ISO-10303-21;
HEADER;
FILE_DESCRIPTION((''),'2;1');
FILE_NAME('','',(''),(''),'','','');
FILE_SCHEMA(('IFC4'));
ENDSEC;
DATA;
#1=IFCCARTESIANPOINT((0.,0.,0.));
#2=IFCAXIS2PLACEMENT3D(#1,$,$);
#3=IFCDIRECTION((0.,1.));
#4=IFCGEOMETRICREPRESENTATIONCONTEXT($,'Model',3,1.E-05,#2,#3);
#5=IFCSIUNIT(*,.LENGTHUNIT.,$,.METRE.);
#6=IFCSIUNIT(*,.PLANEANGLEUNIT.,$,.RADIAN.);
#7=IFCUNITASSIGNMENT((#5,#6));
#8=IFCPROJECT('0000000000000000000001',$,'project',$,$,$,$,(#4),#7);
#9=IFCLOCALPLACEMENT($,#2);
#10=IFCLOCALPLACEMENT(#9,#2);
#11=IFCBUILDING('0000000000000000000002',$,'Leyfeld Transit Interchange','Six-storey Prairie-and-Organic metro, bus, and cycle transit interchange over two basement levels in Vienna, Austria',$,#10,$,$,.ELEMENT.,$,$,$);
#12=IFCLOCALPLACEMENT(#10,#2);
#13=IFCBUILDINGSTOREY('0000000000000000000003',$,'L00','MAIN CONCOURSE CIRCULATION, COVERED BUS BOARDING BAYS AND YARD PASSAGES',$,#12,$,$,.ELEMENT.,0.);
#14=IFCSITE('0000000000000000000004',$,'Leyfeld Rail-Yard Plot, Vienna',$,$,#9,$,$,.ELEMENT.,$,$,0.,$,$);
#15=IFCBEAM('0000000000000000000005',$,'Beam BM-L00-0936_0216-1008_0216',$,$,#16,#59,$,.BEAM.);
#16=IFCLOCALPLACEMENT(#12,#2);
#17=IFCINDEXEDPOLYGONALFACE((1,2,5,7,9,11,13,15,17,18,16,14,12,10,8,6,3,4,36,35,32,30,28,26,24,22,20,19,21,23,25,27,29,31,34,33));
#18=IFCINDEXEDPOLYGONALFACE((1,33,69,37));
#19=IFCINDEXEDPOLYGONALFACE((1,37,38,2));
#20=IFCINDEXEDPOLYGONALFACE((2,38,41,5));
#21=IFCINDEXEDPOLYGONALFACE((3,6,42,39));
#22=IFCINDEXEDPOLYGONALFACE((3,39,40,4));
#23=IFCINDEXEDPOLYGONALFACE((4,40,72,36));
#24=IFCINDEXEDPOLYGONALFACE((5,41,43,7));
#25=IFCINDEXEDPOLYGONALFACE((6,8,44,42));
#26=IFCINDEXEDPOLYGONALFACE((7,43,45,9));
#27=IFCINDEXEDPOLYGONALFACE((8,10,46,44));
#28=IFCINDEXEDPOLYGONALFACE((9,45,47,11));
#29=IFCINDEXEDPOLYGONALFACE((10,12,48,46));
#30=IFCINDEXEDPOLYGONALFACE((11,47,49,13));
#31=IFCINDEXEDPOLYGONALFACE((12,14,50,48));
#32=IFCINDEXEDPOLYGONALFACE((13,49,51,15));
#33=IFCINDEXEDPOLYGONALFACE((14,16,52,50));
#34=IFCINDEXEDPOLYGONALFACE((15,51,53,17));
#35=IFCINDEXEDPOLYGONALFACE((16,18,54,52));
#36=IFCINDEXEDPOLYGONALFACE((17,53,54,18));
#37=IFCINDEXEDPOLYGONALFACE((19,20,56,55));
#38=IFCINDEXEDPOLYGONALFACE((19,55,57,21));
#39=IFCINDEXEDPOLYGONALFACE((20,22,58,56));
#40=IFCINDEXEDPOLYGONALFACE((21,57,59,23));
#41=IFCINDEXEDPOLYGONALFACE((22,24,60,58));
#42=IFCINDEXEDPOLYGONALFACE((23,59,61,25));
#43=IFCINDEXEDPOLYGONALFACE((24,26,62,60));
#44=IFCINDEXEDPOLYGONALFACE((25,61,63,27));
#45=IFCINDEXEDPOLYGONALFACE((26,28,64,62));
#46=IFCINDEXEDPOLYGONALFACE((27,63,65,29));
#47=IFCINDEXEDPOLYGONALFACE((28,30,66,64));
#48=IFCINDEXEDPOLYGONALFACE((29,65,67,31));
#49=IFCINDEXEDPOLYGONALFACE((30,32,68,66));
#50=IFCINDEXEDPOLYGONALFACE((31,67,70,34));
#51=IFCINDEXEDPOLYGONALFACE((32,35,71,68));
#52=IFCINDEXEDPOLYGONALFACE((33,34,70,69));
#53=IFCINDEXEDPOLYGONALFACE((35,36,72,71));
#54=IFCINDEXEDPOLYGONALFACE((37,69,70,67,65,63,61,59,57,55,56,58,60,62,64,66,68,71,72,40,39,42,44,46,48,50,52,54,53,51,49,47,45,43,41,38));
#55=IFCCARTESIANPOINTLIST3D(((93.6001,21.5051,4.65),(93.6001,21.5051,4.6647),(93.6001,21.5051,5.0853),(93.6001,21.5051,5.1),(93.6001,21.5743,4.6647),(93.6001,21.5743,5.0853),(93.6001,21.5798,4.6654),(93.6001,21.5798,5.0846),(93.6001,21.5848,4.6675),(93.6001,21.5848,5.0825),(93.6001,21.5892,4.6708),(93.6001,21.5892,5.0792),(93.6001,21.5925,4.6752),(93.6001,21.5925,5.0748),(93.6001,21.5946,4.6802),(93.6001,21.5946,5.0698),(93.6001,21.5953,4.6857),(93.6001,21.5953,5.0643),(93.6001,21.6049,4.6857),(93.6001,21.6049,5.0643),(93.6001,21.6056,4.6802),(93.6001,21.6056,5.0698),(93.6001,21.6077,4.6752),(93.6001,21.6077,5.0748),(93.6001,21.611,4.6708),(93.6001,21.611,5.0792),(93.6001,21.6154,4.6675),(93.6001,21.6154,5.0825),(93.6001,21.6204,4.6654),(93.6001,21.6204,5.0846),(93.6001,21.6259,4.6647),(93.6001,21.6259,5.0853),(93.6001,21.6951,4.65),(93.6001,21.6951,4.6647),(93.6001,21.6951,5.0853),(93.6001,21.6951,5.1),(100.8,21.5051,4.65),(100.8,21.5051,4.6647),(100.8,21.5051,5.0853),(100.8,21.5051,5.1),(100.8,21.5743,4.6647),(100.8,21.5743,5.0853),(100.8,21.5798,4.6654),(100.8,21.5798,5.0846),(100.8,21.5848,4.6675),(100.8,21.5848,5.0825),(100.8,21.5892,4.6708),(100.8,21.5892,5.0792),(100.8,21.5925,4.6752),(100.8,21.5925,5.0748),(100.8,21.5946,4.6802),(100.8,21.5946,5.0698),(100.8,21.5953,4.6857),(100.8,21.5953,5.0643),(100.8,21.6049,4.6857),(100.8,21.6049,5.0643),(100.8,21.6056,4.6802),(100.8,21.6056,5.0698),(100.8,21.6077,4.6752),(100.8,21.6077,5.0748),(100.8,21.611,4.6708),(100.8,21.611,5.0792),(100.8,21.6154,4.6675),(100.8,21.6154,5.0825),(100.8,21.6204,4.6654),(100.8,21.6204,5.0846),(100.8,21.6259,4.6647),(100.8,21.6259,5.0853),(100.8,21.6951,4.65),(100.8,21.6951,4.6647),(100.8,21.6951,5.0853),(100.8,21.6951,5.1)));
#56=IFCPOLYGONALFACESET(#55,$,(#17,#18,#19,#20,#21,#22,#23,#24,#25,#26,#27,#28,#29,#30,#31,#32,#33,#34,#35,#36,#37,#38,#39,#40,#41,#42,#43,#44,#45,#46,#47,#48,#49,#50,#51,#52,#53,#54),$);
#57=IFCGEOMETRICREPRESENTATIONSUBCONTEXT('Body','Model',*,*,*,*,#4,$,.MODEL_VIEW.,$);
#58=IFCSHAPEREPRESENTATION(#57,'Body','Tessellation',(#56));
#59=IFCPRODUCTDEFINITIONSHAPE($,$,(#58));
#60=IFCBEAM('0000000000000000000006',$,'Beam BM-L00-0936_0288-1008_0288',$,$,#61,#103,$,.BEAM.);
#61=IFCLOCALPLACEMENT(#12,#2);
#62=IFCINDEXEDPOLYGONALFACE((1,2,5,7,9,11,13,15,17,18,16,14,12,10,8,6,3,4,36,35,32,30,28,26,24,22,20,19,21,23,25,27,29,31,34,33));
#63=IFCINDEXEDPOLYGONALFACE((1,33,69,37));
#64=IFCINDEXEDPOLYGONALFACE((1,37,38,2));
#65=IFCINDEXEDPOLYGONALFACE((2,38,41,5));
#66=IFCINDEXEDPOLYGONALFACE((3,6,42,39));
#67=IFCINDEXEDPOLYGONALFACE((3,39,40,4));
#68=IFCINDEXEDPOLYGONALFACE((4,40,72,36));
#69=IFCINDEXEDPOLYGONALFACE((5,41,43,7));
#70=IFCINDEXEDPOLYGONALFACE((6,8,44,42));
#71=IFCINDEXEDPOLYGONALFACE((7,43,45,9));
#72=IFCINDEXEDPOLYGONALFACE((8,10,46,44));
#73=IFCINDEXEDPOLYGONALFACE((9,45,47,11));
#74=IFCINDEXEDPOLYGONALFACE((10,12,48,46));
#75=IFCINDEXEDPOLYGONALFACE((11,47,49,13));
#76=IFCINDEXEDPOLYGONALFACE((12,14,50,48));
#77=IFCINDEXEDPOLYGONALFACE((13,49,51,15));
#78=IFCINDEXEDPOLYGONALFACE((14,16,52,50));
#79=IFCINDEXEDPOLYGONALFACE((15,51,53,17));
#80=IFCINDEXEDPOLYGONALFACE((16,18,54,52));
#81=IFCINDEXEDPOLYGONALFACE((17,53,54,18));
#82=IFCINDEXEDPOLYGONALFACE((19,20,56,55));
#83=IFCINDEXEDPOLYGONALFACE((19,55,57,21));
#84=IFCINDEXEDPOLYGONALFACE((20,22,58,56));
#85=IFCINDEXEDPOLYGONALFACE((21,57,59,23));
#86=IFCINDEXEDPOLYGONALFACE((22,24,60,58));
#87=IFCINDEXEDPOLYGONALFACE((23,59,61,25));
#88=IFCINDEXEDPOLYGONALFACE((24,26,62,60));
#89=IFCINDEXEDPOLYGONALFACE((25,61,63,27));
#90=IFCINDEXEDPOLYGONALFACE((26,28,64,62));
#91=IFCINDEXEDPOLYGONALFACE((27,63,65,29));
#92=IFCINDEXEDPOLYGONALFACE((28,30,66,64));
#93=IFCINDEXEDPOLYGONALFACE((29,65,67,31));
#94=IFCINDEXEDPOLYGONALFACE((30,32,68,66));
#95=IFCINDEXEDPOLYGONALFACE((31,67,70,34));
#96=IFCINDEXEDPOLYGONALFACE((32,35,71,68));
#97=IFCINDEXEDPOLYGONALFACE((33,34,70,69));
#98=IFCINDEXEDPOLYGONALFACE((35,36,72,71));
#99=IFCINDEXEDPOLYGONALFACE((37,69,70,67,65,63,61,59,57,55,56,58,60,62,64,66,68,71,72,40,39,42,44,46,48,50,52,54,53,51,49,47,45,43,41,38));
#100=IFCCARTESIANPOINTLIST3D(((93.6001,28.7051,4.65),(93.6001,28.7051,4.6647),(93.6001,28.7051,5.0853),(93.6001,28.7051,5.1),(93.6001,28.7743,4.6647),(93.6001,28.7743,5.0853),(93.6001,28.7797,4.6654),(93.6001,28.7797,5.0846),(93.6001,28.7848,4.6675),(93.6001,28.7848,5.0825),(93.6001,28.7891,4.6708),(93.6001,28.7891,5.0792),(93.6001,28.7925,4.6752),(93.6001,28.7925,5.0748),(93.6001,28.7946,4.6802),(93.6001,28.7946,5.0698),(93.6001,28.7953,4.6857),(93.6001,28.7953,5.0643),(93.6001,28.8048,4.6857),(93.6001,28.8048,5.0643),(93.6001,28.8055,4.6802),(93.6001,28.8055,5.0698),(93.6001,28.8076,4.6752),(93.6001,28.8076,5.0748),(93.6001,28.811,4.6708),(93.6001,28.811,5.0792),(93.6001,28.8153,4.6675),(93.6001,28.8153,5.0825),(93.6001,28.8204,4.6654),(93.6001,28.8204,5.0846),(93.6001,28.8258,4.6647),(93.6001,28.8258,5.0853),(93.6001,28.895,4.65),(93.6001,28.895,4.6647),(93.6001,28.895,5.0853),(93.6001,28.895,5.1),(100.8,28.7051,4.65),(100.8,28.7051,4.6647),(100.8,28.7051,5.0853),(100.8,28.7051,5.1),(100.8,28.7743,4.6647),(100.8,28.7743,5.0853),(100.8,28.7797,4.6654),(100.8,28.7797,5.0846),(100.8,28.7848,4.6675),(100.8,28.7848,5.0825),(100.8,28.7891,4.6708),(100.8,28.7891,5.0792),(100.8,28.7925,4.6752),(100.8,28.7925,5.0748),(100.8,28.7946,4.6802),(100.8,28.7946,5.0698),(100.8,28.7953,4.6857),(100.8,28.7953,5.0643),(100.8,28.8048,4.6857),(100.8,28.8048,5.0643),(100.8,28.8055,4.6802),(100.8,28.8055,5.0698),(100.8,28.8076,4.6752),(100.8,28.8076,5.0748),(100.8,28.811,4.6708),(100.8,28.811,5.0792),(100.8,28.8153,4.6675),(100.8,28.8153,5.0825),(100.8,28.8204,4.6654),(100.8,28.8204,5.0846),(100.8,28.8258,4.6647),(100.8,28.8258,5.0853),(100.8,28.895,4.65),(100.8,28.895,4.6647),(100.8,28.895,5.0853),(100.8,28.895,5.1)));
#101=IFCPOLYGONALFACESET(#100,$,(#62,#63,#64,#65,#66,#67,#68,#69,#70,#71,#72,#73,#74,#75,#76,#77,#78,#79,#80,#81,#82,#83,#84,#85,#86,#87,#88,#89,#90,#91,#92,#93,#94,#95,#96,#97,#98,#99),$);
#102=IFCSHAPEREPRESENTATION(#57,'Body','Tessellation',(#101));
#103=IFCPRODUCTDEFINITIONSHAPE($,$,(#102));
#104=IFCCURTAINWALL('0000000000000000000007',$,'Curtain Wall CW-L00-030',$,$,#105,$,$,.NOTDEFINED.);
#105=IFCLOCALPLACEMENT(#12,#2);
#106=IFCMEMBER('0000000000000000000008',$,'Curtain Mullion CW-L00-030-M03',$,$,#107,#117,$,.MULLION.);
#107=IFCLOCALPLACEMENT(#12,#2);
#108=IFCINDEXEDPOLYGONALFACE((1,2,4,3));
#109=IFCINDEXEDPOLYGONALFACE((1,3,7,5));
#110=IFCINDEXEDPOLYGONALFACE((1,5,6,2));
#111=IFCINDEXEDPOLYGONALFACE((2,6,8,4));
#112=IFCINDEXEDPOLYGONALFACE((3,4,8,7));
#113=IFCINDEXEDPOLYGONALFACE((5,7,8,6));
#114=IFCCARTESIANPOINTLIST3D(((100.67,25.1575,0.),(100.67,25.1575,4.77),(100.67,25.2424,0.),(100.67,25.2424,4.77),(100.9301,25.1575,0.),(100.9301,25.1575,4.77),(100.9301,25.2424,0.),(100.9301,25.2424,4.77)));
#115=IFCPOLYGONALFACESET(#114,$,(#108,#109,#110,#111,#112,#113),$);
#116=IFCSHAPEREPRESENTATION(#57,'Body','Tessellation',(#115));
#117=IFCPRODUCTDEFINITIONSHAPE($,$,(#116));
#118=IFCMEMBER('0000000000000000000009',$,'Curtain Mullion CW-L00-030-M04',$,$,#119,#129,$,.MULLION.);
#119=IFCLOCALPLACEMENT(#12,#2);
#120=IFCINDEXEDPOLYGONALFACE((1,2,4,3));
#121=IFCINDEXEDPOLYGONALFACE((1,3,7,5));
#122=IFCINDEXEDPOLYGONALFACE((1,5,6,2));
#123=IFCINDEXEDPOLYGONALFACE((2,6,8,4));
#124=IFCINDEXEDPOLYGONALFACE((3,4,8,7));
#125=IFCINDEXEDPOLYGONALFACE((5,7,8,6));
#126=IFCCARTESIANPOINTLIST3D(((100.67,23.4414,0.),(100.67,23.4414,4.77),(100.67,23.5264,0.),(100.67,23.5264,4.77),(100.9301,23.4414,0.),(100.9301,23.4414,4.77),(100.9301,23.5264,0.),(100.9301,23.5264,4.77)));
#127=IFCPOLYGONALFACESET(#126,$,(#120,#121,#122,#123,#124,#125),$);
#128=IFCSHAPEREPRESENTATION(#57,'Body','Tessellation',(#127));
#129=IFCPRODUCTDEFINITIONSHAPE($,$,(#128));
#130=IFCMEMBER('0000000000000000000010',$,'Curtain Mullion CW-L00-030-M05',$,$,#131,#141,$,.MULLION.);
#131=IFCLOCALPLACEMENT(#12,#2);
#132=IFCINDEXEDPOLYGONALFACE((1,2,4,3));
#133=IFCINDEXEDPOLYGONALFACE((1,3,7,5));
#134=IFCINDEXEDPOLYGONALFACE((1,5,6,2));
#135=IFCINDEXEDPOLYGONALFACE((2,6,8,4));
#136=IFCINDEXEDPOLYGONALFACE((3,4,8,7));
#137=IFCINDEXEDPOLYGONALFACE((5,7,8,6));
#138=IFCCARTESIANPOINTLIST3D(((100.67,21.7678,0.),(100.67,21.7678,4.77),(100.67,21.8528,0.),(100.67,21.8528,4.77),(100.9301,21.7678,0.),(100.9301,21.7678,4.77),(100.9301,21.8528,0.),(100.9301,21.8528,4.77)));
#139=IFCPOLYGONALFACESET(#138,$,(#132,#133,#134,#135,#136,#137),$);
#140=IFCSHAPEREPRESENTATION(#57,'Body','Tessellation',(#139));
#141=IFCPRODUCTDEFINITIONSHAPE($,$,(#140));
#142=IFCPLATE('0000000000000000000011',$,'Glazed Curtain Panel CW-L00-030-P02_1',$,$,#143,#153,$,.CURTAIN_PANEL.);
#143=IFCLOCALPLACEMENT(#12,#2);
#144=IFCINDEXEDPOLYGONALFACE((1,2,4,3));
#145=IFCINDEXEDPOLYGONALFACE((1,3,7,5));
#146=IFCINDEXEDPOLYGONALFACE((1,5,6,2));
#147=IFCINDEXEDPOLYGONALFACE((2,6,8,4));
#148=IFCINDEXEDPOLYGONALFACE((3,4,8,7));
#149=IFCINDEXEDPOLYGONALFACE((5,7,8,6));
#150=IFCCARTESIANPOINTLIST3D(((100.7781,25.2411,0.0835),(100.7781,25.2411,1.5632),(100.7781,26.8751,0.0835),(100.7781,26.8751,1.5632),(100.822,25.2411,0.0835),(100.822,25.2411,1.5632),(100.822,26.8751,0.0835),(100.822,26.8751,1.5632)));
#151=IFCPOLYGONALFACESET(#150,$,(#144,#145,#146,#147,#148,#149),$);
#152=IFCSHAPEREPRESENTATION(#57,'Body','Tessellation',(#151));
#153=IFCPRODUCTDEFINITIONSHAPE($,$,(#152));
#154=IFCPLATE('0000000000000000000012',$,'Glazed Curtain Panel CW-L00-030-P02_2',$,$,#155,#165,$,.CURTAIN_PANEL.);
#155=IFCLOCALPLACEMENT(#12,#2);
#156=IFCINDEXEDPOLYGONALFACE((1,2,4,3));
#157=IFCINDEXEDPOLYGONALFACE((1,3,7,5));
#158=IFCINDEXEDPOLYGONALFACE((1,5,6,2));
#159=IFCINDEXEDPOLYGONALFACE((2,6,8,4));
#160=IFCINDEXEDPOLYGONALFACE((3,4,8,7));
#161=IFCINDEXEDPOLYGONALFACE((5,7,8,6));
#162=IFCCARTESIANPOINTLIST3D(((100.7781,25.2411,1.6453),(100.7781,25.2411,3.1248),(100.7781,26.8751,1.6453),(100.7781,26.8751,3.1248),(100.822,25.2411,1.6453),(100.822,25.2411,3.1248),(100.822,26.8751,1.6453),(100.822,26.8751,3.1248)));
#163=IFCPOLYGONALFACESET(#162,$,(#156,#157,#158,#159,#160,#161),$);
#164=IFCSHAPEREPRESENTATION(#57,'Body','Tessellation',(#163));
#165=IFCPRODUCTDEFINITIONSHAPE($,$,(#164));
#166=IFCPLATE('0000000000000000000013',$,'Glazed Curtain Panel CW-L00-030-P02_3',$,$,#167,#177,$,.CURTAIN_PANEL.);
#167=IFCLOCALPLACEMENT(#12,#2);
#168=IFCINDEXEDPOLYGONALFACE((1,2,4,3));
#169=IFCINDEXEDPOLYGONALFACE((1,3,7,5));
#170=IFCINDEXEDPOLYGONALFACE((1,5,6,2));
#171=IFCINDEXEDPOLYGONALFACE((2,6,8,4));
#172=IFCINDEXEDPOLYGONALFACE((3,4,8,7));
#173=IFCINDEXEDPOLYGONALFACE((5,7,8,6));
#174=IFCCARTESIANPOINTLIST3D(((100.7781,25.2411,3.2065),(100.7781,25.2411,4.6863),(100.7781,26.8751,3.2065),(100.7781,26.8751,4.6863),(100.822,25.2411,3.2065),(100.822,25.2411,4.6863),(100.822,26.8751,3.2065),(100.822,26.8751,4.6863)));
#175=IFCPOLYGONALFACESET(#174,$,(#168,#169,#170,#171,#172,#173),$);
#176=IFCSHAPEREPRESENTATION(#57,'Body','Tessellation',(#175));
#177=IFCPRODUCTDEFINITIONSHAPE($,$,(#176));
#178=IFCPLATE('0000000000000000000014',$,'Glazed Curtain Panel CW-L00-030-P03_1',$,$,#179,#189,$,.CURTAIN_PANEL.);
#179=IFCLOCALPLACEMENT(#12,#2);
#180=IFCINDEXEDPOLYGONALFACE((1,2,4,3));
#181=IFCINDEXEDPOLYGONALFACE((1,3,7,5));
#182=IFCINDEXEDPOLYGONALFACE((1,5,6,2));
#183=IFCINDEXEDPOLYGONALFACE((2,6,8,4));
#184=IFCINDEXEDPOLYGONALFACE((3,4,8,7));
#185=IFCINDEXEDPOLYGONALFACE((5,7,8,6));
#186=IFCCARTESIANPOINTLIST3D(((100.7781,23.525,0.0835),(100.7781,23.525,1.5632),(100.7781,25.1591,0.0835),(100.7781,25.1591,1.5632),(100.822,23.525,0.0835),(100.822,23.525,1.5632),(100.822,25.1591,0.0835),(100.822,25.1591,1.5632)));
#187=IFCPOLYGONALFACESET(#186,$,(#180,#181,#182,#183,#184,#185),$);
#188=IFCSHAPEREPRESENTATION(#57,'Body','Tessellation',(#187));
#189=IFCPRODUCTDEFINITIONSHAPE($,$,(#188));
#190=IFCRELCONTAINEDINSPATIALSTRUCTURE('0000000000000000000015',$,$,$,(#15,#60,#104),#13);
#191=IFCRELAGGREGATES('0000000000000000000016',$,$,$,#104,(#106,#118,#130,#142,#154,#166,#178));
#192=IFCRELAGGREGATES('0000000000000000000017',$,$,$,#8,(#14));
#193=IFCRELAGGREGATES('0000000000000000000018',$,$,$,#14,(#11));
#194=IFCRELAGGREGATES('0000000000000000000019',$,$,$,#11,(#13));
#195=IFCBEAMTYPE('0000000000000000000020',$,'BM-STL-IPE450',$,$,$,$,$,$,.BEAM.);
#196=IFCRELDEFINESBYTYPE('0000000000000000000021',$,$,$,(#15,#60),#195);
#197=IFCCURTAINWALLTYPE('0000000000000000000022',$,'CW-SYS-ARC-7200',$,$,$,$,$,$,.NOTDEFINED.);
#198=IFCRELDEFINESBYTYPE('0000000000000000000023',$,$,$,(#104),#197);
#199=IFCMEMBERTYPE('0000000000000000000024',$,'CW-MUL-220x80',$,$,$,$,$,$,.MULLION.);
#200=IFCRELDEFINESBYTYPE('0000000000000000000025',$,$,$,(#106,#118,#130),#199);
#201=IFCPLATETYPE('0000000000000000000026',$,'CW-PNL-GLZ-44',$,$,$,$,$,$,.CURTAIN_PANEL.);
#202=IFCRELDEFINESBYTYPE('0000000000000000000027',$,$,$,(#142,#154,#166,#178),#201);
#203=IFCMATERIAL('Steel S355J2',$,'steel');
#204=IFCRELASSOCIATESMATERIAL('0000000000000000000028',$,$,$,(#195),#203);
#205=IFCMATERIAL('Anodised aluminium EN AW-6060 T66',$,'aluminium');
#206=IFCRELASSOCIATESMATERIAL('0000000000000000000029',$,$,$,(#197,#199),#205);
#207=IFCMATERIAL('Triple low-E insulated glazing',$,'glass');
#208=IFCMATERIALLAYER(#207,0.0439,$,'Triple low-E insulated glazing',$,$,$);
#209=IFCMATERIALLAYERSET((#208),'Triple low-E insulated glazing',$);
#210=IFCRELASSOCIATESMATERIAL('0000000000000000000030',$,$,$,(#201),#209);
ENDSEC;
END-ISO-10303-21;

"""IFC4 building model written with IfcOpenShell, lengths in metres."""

from ifc_helpers import new_model, si_unit, direction, frame, origin, origin_2d, place, context, subcontext, project, spatial, rectangle, i_section, extrude, material, layer, layer_set, material_profile, profile_set, type_object, element, aggregate, save


model = new_model("IFC4")

# Units and contexts
model_context = context("Model", 3, precision=1e-05, world=origin(), true_north=direction((0.0, 1.0)))
body_context = subcontext(model_context, "Body", "Model", "MODEL_VIEW")
ifc_project = project(units=[si_unit("LENGTHUNIT", "METRE"), si_unit("PLANEANGLEUNIT", "RADIAN")], contexts=[model_context])

# Site, building, storey
site_placement = place(None, origin())
site = spatial("IfcSite", under=ifc_project, at=site_placement, Name="Leyfeld Rail-Yard Plot, Vienna", CompositionType="ELEMENT", RefElevation=0.0)
building_placement = place(site_placement, origin())
building = spatial("IfcBuilding", under=site, at=building_placement, Name="Leyfeld Transit Interchange", Description="Six-storey Prairie-and-Organic metro, bus, and cycle transit interchange over two basement levels in Vienna, Austria", CompositionType="ELEMENT")
storey_placement = place(building_placement, origin())
storey = spatial("IfcBuildingStorey", under=building, at=storey_placement, Name="L00", Description="MAIN CONCOURSE CIRCULATION, COVERED BUS BOARDING BAYS AND YARD PASSAGES", CompositionType="ELEMENT", Elevation=0.0)

# Shared definitions
ifc_material_1 = material(Name="Steel S355J2", Category="steel")

# Beams
ifc_material_profile_1 = material_profile(ifc_material_1, i_section(OverallWidth=0.1899, OverallDepth=0.45, WebThickness=0.0095, FlangeThickness=0.0146, FilletRadius=0.021, at=origin_2d()), Name="IPE 450")
ifc_profile_set_1 = profile_set([ifc_material_profile_1], Name="Steel S355J2")
beam_type_1 = type_object("IfcBeamType", Name="BM-STL-IPE450", PredefinedType="BEAM", material=ifc_profile_set_1)
for number, where, z_axis, x_axis, name in (
    (1, (93.6001, 21.6001, 4.875), (1.0, 0.0, 0.0), (0.0, 1.0, 0.0), "Beam BM-L00-0936_0216-1008_0216"),
    (2, (93.6001, 28.8, 4.875), (1.0, 0.0, 0.0), (0.0, 1.0, 0.0), "Beam BM-L00-0936_0288-1008_0288"),
):
    element("IfcBeam", number, at=place(storey_placement, frame(where, z_axis=z_axis, x_axis=x_axis)), inside=storey, type_object=beam_type_1, Name=name, PredefinedType="BEAM", context=body_context, shape_type="SweptSolid", body=[
        extrude(i_section(OverallWidth=0.1899, OverallDepth=0.45, WebThickness=0.0095, FlangeThickness=0.0146, FilletRadius=0.021, at=origin_2d()), origin(), (0.0, 0.0, 1.0), 7.2),
    ])

# Curtain wall, members, plates
ifc_material_2 = material(Name="Anodised aluminium EN AW-6060 T66", Category="aluminium")
curtain_wall_type = type_object("IfcCurtainWallType", Name="CW-SYS-ARC-7200", PredefinedType="NOTDEFINED", material=ifc_material_2)
curtain_wall_placement = place(storey_placement, origin())
curtain_wall = element("IfcCurtainWall", 3, at=curtain_wall_placement, inside=storey, type_object=curtain_wall_type, Name="Curtain Wall CW-L00-030", PredefinedType="NOTDEFINED")
ifc_material_profile_2 = material_profile(ifc_material_2, rectangle(XDim=0.085, YDim=0.26, at=origin_2d()), Name="CW-M 85x260")
ifc_profile_set_2 = profile_set([ifc_material_profile_2], Name="Anodised aluminium EN AW-6060 T66")
member_type = type_object("IfcMemberType", Name="CW-MUL-220x80", PredefinedType="MULLION", material=ifc_profile_set_2)
member_1_placement = place(storey_placement, frame((100.8, 25.2, 0.0), z_axis=(0.0, 0.0, 1.0), x_axis=(0.0, -1.0, 0.0)))
member_1 = element("IfcMember", 4, at=member_1_placement, type_object=member_type, Name="Curtain Mullion CW-L00-030-M03", PredefinedType="MULLION", context=body_context, shape_type="SweptSolid", body=[
    extrude(rectangle(XDim=0.085, YDim=0.26, at=origin_2d()), origin(), (0.0, 0.0, 1.0), 4.77),
])
member_2_placement = place(storey_placement, frame((100.8, 23.4839, 0.0), z_axis=(0.0, 0.0, 1.0), x_axis=(0.0, -1.0, 0.0)))
member_2 = element("IfcMember", 5, at=member_2_placement, type_object=member_type, Name="Curtain Mullion CW-L00-030-M04", PredefinedType="MULLION", context=body_context, shape_type="SweptSolid", body=[
    extrude(rectangle(XDim=0.085, YDim=0.26, at=origin_2d()), origin(), (0.0, 0.0, 1.0), 4.77),
])
member_3_placement = place(storey_placement, frame((100.8, 21.8103, 0.0), z_axis=(0.0, 0.0, 1.0), x_axis=(0.0, -1.0, 0.0)))
member_3 = element("IfcMember", 6, at=member_3_placement, type_object=member_type, Name="Curtain Mullion CW-L00-030-M05", PredefinedType="MULLION", context=body_context, shape_type="SweptSolid", body=[
    extrude(rectangle(XDim=0.085, YDim=0.26, at=origin_2d()), origin(), (0.0, 0.0, 1.0), 4.77),
])
ifc_material_3 = material(Name="Triple low-E insulated glazing", Category="glass")
ifc_layer_1 = layer(ifc_material_3, 0.0439, Name="Triple low-E insulated glazing")
ifc_layer_set_1 = layer_set([ifc_layer_1], Name="Triple low-E insulated glazing")
plate_type_1 = type_object("IfcPlateType", Name="CW-PNL-GLZ-44", PredefinedType="CURTAIN_PANEL", material=ifc_layer_set_1)
plate_1_placement = place(storey_placement, frame((100.8, 26.0581, 0.0835), z_axis=(0.0, 0.0, 1.0), x_axis=(0.0, -1.0, 0.0)))
plate_1 = element("IfcPlate", 7, at=plate_1_placement, type_object=plate_type_1, Name="Glazed Curtain Panel CW-L00-030-P02_1", PredefinedType="CURTAIN_PANEL", context=body_context, shape_type="SweptSolid", body=[
    extrude(rectangle(XDim=1.634, YDim=0.0439, at=origin_2d()), origin(), (0.0, 0.0, 1.0), 1.4797),
])
plate_2_placement = place(storey_placement, frame((100.8, 26.0581, 1.6453), z_axis=(0.0, 0.0, 1.0), x_axis=(0.0, -1.0, 0.0)))
plate_2 = element("IfcPlate", 8, at=plate_2_placement, type_object=plate_type_1, Name="Glazed Curtain Panel CW-L00-030-P02_2", PredefinedType="CURTAIN_PANEL", context=body_context, shape_type="SweptSolid", body=[
    extrude(rectangle(XDim=1.634, YDim=0.0439, at=origin_2d()), origin(), (0.0, 0.0, 1.0), 1.4795),
])
plate_3_placement = place(storey_placement, frame((100.8, 26.0581, 3.2065), z_axis=(0.0, 0.0, 1.0), x_axis=(0.0, -1.0, 0.0)))
plate_3 = element("IfcPlate", 9, at=plate_3_placement, type_object=plate_type_1, Name="Glazed Curtain Panel CW-L00-030-P02_3", PredefinedType="CURTAIN_PANEL", context=body_context, shape_type="SweptSolid", body=[
    extrude(rectangle(XDim=1.634, YDim=0.0439, at=origin_2d()), origin(), (0.0, 0.0, 1.0), 1.4797),
])
plate_4_placement = place(storey_placement, frame((100.8, 24.342, 0.0835), z_axis=(0.0, 0.0, 1.0), x_axis=(0.0, -1.0, 0.0)))
plate_4 = element("IfcPlate", 10, at=plate_4_placement, type_object=plate_type_1, Name="Glazed Curtain Panel CW-L00-030-P03_1", PredefinedType="CURTAIN_PANEL", context=body_context, shape_type="SweptSolid", body=[
    extrude(rectangle(XDim=1.634, YDim=0.0439, at=origin_2d()), origin(), (0.0, 0.0, 1.0), 1.4797),
])
aggregate(curtain_wall, [member_1, member_2, member_3, plate_1, plate_2, plate_3, plate_4])

save(model, "model.ifc")
